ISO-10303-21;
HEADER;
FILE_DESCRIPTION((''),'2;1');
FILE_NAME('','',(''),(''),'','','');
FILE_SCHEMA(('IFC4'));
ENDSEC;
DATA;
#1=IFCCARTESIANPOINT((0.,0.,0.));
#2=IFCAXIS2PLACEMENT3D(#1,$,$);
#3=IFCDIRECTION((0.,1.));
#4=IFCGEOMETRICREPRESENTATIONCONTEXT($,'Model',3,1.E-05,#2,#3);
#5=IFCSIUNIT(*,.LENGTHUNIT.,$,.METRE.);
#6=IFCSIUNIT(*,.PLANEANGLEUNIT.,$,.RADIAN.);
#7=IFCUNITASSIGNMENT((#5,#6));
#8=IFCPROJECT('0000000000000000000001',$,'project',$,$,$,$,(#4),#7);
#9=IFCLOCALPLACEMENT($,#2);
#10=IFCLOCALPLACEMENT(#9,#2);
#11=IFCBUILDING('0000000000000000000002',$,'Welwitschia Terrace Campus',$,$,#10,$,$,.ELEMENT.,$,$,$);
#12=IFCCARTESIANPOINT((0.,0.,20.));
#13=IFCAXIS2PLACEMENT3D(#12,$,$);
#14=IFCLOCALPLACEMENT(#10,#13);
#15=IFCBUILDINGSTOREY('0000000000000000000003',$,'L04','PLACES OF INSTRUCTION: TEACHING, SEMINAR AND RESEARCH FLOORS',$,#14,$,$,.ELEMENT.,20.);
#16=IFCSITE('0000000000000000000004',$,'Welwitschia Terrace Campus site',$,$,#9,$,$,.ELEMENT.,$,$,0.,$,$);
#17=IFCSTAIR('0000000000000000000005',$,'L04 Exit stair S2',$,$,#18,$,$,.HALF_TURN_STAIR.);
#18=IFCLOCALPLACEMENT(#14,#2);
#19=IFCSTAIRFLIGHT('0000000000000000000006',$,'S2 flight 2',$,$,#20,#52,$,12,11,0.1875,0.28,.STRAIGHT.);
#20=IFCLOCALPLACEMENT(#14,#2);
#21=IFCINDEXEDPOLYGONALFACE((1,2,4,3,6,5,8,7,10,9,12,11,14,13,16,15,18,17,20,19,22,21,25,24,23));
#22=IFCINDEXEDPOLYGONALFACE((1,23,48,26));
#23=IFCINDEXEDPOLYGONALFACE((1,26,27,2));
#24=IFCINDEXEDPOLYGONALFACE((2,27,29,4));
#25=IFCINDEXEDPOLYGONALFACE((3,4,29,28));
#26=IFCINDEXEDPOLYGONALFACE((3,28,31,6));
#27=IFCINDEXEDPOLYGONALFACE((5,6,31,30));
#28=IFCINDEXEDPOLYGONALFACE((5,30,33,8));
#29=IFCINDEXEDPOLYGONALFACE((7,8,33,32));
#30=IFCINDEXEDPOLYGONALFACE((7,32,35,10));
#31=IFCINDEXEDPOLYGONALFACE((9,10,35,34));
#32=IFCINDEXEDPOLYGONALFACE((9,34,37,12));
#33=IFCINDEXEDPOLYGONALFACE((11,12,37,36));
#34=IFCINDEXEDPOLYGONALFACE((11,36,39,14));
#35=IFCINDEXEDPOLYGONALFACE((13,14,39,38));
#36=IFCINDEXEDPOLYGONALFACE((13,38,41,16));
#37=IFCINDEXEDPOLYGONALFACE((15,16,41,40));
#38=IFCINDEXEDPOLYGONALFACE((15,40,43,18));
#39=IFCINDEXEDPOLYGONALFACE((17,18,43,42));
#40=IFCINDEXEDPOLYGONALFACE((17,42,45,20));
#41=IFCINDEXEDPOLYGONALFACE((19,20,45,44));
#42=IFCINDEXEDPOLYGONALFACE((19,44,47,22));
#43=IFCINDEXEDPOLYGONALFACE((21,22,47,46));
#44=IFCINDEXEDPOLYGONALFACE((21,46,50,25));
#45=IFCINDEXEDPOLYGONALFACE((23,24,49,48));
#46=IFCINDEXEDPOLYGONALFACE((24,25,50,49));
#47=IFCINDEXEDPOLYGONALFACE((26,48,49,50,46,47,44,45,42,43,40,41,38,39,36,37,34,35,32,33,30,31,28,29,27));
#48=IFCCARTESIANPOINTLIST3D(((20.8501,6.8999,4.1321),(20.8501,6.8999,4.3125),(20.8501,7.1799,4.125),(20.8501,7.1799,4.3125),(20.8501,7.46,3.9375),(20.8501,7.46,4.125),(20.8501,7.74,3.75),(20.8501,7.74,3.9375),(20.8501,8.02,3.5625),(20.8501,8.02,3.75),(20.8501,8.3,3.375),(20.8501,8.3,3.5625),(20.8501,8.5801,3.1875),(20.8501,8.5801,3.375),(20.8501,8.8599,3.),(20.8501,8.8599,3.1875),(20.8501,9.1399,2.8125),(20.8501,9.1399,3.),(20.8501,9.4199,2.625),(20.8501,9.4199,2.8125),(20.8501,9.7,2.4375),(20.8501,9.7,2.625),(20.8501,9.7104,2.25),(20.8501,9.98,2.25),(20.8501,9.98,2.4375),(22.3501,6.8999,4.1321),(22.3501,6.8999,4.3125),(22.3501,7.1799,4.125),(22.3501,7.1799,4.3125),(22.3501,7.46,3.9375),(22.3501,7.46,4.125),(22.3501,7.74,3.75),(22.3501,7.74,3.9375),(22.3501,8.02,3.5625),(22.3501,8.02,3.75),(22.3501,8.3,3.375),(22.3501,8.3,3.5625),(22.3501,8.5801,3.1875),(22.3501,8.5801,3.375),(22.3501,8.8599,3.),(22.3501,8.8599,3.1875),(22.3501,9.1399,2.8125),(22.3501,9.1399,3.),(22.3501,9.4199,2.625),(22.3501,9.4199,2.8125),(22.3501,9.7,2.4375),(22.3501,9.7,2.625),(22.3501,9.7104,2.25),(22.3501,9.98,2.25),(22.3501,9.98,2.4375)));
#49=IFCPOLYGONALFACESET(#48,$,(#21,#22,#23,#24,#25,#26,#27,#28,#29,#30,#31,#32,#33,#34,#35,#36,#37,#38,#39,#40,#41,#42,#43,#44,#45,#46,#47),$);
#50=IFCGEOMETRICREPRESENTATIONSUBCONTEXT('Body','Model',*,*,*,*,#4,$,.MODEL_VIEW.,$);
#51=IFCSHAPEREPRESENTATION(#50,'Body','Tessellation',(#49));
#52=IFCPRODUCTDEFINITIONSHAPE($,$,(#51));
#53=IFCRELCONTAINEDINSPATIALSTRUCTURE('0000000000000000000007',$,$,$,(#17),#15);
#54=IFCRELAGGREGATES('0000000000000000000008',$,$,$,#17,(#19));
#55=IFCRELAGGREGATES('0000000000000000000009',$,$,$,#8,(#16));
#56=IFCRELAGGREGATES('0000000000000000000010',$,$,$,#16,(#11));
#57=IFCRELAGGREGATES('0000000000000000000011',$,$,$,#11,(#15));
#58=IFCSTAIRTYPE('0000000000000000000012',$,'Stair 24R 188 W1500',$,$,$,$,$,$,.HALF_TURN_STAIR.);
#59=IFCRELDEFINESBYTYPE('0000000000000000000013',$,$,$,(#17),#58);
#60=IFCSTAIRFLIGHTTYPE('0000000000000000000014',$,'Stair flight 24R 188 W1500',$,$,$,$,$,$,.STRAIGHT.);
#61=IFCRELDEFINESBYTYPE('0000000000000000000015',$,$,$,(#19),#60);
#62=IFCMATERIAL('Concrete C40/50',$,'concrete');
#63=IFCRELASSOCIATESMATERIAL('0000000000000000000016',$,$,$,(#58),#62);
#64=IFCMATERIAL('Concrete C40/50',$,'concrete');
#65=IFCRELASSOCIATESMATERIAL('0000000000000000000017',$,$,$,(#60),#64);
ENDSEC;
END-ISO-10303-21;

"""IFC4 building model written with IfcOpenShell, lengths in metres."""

from ifc_helpers import new_model, si_unit, direction, frame, origin, place, context, subcontext, project, spatial, polyline, outline, extrude, material, type_object, element, aggregate, save


model = new_model("IFC4")

# Units and contexts
model_context = context("Model", 3, precision=1e-05, world=origin(), true_north=direction((0.0, 1.0)))
body_context = subcontext(model_context, "Body", "Model", "MODEL_VIEW")
ifc_project = project(units=[si_unit("LENGTHUNIT", "METRE"), si_unit("PLANEANGLEUNIT", "RADIAN")], contexts=[model_context])

# Site, building, storey
site_placement = place(None, origin())
site = spatial("IfcSite", under=ifc_project, at=site_placement, Name="Welwitschia Terrace Campus site", CompositionType="ELEMENT", RefElevation=0.0)
building_placement = place(site_placement, origin())
building = spatial("IfcBuilding", under=site, at=building_placement, Name="Welwitschia Terrace Campus", CompositionType="ELEMENT")
storey_placement = place(building_placement, frame((0.0, 0.0, 20.0)))
storey = spatial("IfcBuildingStorey", under=building, at=storey_placement, Name="L04", Description="PLACES OF INSTRUCTION: TEACHING, SEMINAR AND RESEARCH FLOORS", CompositionType="ELEMENT", Elevation=20.0)

# Stair, stair flight
ifc_material_1 = material(Name="Concrete C40/50", Category="concrete")
stair_type = type_object("IfcStairType", Name="Stair 24R 188 W1500", PredefinedType="HALF_TURN_STAIR", material=ifc_material_1)
stair_placement = place(storey_placement, origin())
stair = element("IfcStair", 1, at=stair_placement, inside=storey, type_object=stair_type, Name="L04 Exit stair S2", PredefinedType="HALF_TURN_STAIR")
ifc_material_2 = material(Name="Concrete C40/50", Category="concrete")
stair_flight_type = type_object("IfcStairFlightType", Name="Stair flight 24R 188 W1500", PredefinedType="STRAIGHT", material=ifc_material_2)
stair_flight_1_placement = place(storey_placement, frame((21.6001, 9.98, 2.25), z_axis=(0.0, 0.0, 1.0), x_axis=(0.0, -1.0, 0.0)))
stair_flight_1 = element("IfcStairFlight", 2, at=stair_flight_1_placement, type_object=stair_flight_type, Name="S2 flight 2", NumberOfRisers=12, NumberOfTreads=11, PredefinedType="STRAIGHT", RiserHeight=0.1875, TreadLength=0.28, context=body_context, shape_type="SweptSolid", body=[
    extrude(outline(polyline([(0.0, 0.0), (0.0, 0.1875), (0.28, 0.1875), (0.28, 0.375), (0.5601, 0.375), (0.5601, 0.5625), (0.8401, 0.5625), (0.8401, 0.75), (1.1201, 0.75), (1.1201, 0.9375), (1.3999, 0.9375), (1.3999, 1.125), (1.6799, 1.125), (1.6799, 1.3125), (1.96, 1.3125), (1.96, 1.5), (2.24, 1.5), (2.24, 1.6875), (2.52, 1.6875), (2.52, 1.875), (2.8, 1.875), (2.8, 2.0625), (3.0801, 2.0625), (3.0801, 2.25), (3.0801, 1.8821), (0.2695, 0.0), (0.0, 0.0)])), frame((0.0, 0.75, 0.0), z_axis=(0.0, -1.0, 0.0), x_axis=(1.0, 0.0, 0.0)), (0.0, 0.0, 1.0), 1.5),
])
aggregate(stair, [stair_flight_1])

save(model, "model.ifc")
